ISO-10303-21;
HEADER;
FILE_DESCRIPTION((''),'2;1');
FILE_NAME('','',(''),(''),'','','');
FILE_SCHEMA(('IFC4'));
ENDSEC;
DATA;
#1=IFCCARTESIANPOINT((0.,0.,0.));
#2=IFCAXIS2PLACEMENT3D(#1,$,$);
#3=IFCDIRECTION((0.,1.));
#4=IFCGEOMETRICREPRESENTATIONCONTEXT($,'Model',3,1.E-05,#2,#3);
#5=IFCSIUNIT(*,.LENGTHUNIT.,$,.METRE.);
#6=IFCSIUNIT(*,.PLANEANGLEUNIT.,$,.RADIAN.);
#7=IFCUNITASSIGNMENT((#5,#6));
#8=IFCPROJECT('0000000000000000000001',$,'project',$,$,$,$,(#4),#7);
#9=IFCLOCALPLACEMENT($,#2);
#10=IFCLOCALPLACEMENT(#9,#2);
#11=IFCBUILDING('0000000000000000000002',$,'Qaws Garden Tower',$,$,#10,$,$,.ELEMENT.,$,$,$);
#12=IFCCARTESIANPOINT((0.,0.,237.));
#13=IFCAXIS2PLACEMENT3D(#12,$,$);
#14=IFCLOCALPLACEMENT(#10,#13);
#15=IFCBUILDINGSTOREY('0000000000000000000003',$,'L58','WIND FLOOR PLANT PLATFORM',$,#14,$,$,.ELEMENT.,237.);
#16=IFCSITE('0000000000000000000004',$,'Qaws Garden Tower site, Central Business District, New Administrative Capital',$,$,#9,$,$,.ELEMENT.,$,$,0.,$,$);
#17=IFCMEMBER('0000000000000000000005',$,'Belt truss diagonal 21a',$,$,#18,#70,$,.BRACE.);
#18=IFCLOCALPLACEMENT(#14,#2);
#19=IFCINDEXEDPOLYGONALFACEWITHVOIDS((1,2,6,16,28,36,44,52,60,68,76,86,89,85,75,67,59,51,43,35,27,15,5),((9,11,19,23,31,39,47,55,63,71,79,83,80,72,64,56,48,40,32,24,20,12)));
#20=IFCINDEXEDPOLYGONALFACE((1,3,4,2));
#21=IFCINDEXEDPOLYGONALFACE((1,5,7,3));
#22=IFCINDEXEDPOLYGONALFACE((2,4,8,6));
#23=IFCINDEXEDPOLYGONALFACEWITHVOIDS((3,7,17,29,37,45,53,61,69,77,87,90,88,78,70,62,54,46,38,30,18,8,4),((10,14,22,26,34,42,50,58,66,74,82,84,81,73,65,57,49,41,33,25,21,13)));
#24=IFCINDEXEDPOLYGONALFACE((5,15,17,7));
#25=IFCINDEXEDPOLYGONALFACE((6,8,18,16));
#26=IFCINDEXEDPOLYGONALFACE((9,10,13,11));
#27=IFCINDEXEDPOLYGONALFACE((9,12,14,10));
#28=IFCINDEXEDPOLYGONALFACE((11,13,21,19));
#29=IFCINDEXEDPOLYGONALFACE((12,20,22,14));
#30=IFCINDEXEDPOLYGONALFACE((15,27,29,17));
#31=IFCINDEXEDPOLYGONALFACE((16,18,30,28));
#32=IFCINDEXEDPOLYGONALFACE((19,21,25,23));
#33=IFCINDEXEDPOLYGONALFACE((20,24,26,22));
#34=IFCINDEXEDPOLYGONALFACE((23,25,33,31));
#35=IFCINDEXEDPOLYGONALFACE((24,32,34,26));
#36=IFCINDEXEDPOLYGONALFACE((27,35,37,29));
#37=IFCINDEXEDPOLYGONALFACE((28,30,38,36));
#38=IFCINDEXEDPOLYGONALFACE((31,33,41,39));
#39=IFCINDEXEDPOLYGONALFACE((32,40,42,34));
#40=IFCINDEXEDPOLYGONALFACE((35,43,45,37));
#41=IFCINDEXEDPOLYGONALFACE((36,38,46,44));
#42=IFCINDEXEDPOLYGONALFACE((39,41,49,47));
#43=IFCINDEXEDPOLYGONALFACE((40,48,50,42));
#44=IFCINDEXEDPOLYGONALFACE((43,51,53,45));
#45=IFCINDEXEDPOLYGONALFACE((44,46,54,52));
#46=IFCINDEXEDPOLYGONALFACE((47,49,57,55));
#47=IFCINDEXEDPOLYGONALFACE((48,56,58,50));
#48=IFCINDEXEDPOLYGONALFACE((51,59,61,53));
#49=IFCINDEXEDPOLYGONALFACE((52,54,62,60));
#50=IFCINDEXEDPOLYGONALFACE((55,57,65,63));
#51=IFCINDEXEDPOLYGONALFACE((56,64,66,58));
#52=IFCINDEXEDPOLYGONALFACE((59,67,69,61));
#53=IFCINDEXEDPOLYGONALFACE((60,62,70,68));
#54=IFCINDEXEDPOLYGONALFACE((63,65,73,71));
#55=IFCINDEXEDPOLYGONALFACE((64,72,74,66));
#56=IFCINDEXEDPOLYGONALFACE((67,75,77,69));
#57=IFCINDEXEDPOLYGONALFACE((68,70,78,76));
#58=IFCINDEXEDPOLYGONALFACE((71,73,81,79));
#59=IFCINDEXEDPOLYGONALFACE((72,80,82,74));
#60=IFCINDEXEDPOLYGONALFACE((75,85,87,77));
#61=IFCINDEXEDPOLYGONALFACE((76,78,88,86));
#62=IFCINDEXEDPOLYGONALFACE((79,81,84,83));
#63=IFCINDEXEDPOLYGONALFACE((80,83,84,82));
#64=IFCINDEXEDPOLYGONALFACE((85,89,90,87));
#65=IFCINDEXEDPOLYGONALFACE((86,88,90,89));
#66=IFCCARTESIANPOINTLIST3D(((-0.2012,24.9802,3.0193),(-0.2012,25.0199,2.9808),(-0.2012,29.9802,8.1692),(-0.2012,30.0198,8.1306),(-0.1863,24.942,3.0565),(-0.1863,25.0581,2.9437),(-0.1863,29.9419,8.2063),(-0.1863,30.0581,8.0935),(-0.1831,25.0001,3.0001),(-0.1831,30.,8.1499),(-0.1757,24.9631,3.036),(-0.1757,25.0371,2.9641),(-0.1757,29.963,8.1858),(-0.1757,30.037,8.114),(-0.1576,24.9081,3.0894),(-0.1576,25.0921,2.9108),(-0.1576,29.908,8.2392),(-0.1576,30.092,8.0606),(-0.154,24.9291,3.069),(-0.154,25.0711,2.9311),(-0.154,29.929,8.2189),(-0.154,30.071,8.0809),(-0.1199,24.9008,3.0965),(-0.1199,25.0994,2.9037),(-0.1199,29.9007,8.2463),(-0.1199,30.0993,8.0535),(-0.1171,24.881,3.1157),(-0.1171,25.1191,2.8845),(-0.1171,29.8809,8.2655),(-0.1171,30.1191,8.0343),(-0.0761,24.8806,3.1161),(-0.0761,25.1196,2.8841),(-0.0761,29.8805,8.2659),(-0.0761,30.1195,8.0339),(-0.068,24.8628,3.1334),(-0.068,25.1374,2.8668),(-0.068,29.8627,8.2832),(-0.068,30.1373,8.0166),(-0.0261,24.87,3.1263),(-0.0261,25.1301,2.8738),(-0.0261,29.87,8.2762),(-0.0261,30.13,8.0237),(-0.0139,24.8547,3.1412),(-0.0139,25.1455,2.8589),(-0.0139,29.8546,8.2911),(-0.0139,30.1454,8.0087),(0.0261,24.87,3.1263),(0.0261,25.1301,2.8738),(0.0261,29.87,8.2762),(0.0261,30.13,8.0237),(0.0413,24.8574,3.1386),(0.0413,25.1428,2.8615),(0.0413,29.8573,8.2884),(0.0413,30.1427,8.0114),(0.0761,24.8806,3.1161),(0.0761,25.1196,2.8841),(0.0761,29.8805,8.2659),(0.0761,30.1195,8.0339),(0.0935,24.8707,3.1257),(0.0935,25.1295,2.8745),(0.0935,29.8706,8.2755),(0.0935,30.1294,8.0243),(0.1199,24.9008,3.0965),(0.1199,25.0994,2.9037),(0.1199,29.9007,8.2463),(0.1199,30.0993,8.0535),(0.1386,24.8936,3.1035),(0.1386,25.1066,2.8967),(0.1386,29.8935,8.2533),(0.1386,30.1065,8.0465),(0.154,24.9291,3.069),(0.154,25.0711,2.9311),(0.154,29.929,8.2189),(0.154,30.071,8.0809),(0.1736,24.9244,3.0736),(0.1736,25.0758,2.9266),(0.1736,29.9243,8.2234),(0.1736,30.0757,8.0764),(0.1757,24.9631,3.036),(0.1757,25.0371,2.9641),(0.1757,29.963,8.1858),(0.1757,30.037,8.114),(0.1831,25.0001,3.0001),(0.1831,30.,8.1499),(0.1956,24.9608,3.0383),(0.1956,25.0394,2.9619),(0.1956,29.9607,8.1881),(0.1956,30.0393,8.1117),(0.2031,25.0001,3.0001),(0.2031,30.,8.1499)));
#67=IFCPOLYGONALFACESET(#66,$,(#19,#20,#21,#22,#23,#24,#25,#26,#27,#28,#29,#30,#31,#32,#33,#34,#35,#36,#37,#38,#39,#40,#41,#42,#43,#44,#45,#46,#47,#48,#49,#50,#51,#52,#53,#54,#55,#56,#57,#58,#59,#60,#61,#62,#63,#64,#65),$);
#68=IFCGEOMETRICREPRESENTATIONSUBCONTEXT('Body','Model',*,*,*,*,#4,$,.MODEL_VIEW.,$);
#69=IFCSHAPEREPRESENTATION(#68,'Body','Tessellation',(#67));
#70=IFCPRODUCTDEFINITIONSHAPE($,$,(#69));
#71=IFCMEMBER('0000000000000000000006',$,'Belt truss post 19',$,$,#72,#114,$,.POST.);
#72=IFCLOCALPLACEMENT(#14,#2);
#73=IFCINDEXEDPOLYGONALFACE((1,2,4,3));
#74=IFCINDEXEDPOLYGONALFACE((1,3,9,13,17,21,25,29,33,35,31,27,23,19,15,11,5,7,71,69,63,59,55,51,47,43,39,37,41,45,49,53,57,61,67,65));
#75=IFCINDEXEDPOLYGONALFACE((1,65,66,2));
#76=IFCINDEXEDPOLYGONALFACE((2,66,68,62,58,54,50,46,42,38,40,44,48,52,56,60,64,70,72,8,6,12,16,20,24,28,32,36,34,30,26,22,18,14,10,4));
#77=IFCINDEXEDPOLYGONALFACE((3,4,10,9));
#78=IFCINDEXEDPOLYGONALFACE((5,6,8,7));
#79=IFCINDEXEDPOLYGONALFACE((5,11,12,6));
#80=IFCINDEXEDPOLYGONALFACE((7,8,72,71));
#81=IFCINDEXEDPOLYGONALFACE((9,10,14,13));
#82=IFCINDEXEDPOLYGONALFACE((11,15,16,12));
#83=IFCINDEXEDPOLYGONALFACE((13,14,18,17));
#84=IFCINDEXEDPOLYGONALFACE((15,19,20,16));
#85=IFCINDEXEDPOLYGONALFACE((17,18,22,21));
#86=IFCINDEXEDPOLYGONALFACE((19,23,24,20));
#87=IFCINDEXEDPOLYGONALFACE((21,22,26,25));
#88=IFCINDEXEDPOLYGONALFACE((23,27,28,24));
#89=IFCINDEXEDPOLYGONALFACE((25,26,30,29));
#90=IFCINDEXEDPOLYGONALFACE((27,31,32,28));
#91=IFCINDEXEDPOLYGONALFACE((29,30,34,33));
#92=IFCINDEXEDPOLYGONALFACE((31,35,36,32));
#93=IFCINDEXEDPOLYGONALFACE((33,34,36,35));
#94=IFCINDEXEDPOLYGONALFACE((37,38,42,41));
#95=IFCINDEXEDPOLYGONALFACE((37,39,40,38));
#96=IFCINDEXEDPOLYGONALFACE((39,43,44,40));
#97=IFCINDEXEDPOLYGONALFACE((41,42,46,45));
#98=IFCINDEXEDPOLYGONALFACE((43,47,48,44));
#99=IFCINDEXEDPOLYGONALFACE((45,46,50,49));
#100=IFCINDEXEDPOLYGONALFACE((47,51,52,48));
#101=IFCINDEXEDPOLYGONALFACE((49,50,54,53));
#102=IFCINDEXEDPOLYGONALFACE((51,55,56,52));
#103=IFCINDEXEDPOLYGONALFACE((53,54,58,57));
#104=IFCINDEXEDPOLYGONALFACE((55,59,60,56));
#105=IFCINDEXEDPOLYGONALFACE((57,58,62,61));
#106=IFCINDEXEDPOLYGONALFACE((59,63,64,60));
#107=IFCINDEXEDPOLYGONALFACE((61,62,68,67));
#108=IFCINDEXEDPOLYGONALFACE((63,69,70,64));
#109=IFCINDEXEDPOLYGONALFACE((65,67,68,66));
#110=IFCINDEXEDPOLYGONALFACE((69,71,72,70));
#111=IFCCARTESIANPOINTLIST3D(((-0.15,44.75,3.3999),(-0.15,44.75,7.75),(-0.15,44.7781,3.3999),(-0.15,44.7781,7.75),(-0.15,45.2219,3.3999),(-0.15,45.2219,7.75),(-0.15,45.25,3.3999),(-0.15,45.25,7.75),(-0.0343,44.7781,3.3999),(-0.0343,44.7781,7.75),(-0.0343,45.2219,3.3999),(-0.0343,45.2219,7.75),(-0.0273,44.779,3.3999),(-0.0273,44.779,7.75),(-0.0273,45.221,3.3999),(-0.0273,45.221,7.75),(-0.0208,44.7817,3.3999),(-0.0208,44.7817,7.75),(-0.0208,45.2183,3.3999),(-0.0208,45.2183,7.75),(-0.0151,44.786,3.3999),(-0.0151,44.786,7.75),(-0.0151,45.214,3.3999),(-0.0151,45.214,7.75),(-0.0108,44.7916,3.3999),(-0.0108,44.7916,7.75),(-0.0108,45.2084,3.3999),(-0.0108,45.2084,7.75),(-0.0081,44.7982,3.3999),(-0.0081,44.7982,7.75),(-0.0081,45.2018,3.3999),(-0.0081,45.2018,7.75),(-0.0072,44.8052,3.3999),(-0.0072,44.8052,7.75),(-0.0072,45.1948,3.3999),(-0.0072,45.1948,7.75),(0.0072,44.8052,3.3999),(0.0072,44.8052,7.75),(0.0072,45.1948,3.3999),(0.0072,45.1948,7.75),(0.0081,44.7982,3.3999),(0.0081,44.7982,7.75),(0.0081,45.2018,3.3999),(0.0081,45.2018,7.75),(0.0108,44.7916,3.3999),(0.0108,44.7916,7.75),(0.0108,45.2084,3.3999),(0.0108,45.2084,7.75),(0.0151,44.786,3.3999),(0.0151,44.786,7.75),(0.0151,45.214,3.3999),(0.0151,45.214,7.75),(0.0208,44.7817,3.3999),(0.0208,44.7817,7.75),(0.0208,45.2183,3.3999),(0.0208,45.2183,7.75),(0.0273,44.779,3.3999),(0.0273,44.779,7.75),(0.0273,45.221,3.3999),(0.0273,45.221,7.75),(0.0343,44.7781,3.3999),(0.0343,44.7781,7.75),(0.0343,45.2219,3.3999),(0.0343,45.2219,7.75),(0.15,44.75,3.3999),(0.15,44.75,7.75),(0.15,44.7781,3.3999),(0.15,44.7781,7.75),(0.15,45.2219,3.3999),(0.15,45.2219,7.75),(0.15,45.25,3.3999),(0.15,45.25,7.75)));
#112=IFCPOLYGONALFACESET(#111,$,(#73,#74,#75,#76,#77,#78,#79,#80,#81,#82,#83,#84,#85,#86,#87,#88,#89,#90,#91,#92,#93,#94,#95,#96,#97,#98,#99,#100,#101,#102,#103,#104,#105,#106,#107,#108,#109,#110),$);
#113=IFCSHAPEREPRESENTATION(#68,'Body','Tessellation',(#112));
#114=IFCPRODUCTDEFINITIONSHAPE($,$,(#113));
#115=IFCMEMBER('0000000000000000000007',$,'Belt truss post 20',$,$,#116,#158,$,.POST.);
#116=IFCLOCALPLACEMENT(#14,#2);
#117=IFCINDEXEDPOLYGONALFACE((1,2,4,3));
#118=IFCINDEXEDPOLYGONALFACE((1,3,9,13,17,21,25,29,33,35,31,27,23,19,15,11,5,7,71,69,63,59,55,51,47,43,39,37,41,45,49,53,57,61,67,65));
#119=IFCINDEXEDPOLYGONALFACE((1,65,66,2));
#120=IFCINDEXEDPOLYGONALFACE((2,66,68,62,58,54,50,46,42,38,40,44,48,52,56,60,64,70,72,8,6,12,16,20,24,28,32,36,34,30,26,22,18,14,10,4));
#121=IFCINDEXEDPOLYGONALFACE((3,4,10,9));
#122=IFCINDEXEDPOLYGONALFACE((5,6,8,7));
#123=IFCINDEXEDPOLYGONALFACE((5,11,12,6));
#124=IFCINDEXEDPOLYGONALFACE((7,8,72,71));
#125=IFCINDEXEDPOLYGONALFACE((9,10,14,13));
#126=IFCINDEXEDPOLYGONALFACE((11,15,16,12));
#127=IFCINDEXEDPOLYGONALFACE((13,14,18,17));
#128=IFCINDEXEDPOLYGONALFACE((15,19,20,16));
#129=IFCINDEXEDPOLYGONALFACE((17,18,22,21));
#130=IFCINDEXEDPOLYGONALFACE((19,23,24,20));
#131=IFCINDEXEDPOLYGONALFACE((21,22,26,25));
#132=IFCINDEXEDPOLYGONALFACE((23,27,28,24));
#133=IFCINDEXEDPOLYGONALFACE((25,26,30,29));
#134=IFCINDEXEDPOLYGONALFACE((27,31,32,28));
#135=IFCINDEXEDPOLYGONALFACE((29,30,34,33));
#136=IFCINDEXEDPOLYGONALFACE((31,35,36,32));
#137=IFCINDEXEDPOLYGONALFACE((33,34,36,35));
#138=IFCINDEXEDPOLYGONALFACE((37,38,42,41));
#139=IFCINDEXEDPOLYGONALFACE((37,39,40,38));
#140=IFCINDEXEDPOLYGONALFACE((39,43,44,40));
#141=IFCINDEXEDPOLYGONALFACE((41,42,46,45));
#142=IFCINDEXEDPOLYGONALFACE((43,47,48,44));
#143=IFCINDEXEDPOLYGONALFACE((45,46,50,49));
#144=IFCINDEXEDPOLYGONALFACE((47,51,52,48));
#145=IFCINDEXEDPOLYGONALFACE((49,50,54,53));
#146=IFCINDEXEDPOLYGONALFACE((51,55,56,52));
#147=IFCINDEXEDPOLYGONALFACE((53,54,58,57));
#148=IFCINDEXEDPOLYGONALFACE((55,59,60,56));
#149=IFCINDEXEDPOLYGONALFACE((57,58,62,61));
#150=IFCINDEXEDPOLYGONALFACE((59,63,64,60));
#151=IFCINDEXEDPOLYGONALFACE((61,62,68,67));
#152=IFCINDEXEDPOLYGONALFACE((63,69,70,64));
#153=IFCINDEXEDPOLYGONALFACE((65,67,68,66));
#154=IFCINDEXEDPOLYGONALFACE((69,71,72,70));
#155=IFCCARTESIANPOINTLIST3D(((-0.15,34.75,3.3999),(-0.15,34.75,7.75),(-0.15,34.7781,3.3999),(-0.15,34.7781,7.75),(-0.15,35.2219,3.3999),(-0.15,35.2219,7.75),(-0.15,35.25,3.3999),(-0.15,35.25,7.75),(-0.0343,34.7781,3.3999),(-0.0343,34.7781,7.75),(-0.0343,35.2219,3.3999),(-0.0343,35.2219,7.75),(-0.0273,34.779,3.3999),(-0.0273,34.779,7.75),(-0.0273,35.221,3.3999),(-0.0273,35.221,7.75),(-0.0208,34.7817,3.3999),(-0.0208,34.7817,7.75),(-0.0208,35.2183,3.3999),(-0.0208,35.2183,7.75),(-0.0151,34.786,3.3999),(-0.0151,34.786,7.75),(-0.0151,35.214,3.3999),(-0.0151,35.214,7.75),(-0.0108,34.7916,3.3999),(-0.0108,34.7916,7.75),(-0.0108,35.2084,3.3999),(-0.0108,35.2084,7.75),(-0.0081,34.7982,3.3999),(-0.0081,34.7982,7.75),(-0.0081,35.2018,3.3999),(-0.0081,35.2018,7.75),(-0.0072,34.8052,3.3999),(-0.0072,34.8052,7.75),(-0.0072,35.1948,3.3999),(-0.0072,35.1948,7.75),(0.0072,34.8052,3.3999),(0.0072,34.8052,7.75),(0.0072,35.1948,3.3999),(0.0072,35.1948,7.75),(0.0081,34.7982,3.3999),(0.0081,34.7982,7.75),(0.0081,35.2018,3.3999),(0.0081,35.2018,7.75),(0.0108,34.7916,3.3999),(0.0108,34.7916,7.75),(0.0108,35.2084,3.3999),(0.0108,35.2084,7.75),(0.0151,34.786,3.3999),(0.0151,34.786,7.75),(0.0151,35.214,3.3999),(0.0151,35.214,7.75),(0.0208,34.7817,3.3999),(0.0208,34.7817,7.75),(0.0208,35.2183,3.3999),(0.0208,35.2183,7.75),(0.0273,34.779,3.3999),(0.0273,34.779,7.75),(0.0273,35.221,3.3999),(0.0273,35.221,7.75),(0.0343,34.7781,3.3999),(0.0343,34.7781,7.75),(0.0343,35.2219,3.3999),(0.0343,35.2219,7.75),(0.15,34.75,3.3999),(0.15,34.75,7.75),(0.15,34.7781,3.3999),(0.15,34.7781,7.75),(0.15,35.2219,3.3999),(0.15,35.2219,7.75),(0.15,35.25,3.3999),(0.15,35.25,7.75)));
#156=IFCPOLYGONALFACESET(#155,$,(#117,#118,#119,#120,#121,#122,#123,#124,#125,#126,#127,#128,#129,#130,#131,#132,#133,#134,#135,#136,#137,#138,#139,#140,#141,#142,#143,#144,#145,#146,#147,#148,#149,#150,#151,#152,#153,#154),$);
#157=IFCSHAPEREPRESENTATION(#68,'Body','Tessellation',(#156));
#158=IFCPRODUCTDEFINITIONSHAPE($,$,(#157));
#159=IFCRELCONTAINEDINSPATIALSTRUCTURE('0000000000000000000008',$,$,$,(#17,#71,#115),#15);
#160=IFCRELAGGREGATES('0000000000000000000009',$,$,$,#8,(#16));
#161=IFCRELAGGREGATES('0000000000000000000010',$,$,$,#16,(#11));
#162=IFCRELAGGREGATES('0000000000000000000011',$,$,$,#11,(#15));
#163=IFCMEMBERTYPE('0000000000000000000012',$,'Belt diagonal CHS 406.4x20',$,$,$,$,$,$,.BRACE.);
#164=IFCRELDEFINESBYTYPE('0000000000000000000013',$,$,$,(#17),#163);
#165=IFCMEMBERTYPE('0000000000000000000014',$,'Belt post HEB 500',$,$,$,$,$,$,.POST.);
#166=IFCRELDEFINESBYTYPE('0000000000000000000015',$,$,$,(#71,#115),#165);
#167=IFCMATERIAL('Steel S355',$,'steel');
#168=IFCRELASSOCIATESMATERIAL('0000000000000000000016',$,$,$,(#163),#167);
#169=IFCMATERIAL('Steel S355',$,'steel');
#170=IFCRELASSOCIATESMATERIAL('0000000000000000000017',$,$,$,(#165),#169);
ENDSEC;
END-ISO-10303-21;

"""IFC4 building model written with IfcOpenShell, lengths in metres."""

from ifc_helpers import new_model, si_unit, direction, frame, origin, origin_2d, place, context, subcontext, project, spatial, hollow_circle, i_section, extrude, material, material_profile, profile_set, type_object, element, save


model = new_model("IFC4")

# Units and contexts
model_context = context("Model", 3, precision=1e-05, world=origin(), true_north=direction((0.0, 1.0)))
body_context = subcontext(model_context, "Body", "Model", "MODEL_VIEW")
ifc_project = project(units=[si_unit("LENGTHUNIT", "METRE"), si_unit("PLANEANGLEUNIT", "RADIAN")], contexts=[model_context])

# Site, building, storey
site_placement = place(None, origin())
site = spatial("IfcSite", under=ifc_project, at=site_placement, Name="Qaws Garden Tower site, Central Business District, New Administrative Capital", CompositionType="ELEMENT", RefElevation=0.0)
building_placement = place(site_placement, origin())
building = spatial("IfcBuilding", under=site, at=building_placement, Name="Qaws Garden Tower", CompositionType="ELEMENT")
storey_placement = place(building_placement, frame((0.0, 0.0, 237.0)))
storey = spatial("IfcBuildingStorey", under=building, at=storey_placement, Name="L58", Description="WIND FLOOR PLANT PLATFORM", CompositionType="ELEMENT", Elevation=237.0)

# Members
ifc_material_1 = material(Name="Steel S355", Category="steel")
ifc_material_profile_1 = material_profile(ifc_material_1, hollow_circle(Radius=0.2031, WallThickness=0.02, at=origin_2d()), Name="CHS 406.4x20")
ifc_profile_set_1 = profile_set([ifc_material_profile_1], Name="Steel S355")
member_type_1 = type_object("IfcMemberType", Name="Belt diagonal CHS 406.4x20", PredefinedType="BRACE", material=ifc_profile_set_1)
for number, where, z_axis, x_axis, name in (
    (1, (0.0, 30.0, 8.1499), (0.0, -0.696588, -0.717472), (1.0, 0.0, 0.0), "Belt truss diagonal 21a"),
):
    element("IfcMember", number, at=place(storey_placement, frame(where, z_axis=z_axis, x_axis=x_axis)), inside=storey, type_object=member_type_1, Name=name, PredefinedType="BRACE", context=body_context, shape_type="SweptSolid", body=[
        extrude(hollow_circle(Radius=0.2031, WallThickness=0.02, at=origin_2d()), origin(), (0.0, 0.0, 1.0), 7.1777),
    ])
ifc_material_2 = material(Name="Steel S355", Category="steel")
ifc_material_profile_2 = material_profile(ifc_material_2, i_section(OverallWidth=0.3, OverallDepth=0.5, WebThickness=0.0144, FlangeThickness=0.0281, FilletRadius=0.0271, at=origin_2d()), Name="HEB 500")
ifc_profile_set_2 = profile_set([ifc_material_profile_2], Name="Steel S355")
member_type_2 = type_object("IfcMemberType", Name="Belt post HEB 500", PredefinedType="POST", material=ifc_profile_set_2)
placement_1 = place(storey_placement, frame((0.0, 45.0, 3.3999), z_axis=(0.0, 0.0, 1.0), x_axis=(1.0, 0.0, 0.0)))
element("IfcMember", 2, at=placement_1, inside=storey, type_object=member_type_2, Name="Belt truss post 19", PredefinedType="POST", context=body_context, shape_type="SweptSolid", body=[
    extrude(i_section(OverallWidth=0.3, OverallDepth=0.5, WebThickness=0.0144, FlangeThickness=0.0281, FilletRadius=0.0271, at=origin_2d()), origin(), (0.0, 0.0, 1.0), 4.3501),
])
placement_2 = place(storey_placement, frame((0.0, 35.0, 3.3999), z_axis=(0.0, 0.0, 1.0), x_axis=(1.0, 0.0, 0.0)))
element("IfcMember", 3, at=placement_2, inside=storey, type_object=member_type_2, Name="Belt truss post 20", PredefinedType="POST", context=body_context, shape_type="SweptSolid", body=[
    extrude(i_section(OverallWidth=0.3, OverallDepth=0.5, WebThickness=0.0144, FlangeThickness=0.0281, FilletRadius=0.0271, at=origin_2d()), origin(), (0.0, 0.0, 1.0), 4.3501),
])

save(model, "model.ifc")
